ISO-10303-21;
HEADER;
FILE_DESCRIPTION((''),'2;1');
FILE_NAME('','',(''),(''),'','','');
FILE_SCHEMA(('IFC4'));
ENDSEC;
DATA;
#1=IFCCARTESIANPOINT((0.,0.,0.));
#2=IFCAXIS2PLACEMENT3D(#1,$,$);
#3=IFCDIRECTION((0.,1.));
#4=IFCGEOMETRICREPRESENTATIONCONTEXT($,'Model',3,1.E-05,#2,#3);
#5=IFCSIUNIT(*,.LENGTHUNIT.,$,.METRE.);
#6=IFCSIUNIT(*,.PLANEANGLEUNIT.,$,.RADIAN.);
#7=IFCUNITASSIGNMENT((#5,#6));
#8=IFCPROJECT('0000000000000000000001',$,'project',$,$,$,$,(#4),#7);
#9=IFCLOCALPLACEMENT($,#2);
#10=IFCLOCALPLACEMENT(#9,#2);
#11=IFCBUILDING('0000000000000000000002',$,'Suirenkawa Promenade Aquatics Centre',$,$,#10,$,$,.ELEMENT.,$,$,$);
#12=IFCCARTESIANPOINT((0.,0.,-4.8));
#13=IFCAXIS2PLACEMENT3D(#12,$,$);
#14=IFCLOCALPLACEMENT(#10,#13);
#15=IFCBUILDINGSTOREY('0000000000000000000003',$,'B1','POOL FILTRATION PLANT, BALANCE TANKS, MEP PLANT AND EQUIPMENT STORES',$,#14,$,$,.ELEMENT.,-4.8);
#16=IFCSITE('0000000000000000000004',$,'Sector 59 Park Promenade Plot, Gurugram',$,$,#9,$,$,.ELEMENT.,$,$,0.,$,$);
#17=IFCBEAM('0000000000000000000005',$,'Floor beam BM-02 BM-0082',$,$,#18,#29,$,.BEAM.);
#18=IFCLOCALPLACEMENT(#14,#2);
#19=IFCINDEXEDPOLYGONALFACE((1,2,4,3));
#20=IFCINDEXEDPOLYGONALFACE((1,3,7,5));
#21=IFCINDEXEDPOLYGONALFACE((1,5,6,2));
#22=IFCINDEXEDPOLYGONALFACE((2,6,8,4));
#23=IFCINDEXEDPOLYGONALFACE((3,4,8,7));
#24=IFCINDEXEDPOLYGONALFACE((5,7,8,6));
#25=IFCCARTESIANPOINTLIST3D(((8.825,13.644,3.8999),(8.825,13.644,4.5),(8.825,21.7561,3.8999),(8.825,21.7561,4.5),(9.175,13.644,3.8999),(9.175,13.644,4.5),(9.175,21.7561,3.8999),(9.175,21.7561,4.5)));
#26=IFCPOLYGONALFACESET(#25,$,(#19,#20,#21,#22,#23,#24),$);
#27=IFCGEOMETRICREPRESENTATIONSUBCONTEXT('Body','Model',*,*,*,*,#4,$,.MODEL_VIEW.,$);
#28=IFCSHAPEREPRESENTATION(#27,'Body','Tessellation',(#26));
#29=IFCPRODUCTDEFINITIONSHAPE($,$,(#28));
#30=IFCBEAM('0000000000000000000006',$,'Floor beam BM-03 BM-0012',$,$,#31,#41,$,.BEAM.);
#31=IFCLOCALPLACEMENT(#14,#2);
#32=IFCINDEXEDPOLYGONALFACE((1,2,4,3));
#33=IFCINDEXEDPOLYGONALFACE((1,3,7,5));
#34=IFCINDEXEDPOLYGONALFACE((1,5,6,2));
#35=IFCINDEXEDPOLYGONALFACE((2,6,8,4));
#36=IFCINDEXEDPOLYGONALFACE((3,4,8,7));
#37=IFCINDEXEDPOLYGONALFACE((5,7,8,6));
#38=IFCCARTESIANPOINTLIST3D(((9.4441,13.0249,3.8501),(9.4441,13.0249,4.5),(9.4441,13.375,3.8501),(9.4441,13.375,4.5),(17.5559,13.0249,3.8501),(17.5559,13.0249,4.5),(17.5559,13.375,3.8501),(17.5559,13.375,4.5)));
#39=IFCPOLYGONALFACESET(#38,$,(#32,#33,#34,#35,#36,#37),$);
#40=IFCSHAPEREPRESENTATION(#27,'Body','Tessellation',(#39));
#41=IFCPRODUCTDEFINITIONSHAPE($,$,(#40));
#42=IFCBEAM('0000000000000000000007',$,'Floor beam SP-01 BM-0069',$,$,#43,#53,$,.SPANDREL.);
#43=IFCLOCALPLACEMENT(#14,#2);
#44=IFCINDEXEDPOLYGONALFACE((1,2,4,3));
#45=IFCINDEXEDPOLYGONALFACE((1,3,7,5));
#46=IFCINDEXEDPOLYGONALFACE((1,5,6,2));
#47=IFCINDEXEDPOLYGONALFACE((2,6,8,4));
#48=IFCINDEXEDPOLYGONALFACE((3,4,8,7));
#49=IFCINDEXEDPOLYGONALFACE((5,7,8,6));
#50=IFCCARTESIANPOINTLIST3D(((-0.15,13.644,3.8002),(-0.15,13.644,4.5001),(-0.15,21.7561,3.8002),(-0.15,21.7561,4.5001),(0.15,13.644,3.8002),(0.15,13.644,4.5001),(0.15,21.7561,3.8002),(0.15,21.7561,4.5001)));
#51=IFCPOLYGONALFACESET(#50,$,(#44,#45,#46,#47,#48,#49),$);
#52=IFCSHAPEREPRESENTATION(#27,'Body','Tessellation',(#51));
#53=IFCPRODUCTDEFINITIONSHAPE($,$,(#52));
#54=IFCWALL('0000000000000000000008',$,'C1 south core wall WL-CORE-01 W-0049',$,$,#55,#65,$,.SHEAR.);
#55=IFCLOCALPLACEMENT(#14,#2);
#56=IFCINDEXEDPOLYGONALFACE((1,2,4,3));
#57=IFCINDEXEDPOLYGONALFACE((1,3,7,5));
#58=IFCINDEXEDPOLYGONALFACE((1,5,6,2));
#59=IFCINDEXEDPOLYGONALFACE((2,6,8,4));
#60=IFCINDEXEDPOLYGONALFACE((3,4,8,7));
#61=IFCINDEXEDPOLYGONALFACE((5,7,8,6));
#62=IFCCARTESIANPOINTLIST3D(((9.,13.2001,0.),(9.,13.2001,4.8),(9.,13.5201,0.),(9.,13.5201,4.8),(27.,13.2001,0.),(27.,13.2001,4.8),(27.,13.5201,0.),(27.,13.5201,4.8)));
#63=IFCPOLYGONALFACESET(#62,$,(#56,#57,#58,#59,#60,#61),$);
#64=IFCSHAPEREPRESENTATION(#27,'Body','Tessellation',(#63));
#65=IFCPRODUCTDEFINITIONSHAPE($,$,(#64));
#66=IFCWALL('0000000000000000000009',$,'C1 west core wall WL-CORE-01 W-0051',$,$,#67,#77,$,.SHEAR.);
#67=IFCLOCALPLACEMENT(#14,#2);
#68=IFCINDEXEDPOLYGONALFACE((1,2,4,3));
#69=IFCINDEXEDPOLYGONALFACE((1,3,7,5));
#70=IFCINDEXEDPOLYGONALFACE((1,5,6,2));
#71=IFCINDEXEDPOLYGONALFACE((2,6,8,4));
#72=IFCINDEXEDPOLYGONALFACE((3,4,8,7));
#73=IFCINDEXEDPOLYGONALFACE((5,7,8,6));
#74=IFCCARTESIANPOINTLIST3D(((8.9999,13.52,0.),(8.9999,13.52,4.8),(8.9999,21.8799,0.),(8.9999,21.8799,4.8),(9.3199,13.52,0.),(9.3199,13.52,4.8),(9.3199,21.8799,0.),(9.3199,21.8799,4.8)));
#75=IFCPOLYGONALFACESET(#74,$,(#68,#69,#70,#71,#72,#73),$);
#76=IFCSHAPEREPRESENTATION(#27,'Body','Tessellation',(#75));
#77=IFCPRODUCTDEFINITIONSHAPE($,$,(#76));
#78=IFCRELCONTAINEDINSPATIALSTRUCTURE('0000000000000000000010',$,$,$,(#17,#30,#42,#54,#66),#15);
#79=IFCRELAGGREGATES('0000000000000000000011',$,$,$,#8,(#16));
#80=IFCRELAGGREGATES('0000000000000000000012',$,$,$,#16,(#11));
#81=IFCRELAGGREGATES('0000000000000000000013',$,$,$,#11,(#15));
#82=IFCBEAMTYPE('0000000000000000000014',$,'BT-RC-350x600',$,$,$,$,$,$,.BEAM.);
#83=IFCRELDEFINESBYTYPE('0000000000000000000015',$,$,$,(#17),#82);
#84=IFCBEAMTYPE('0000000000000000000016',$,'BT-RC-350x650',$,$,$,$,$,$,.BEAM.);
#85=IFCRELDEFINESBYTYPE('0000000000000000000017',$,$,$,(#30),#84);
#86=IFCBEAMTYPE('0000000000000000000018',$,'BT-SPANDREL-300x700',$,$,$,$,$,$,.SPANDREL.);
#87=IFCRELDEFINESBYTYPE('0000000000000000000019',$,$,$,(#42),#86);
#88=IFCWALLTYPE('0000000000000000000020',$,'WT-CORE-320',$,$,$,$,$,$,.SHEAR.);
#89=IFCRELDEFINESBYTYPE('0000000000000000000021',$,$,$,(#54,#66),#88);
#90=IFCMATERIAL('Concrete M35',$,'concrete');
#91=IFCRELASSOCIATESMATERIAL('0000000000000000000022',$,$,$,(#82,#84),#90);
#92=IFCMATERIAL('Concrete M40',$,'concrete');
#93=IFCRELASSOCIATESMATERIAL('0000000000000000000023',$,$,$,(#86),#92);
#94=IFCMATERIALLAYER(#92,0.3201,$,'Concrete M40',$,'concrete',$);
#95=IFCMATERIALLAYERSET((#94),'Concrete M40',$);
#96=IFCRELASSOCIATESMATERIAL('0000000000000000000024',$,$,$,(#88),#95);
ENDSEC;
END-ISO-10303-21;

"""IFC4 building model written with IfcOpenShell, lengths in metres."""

from ifc_helpers import new_model, si_unit, direction, frame, frame_2d, origin, origin_2d, place, context, subcontext, project, spatial, rectangle, extrude, material, layer, layer_set, material_profile, profile_set, type_object, element, save


model = new_model("IFC4")

# Units and contexts
model_context = context("Model", 3, precision=1e-05, world=origin(), true_north=direction((0.0, 1.0)))
body_context = subcontext(model_context, "Body", "Model", "MODEL_VIEW")
ifc_project = project(units=[si_unit("LENGTHUNIT", "METRE"), si_unit("PLANEANGLEUNIT", "RADIAN")], contexts=[model_context])

# Site, building, storey
site_placement = place(None, origin())
site = spatial("IfcSite", under=ifc_project, at=site_placement, Name="Sector 59 Park Promenade Plot, Gurugram", CompositionType="ELEMENT", RefElevation=0.0)
building_placement = place(site_placement, origin())
building = spatial("IfcBuilding", under=site, at=building_placement, Name="Suirenkawa Promenade Aquatics Centre", CompositionType="ELEMENT")
storey_placement = place(building_placement, frame((0.0, 0.0, -4.8)))
storey = spatial("IfcBuildingStorey", under=building, at=storey_placement, Name="B1", Description="POOL FILTRATION PLANT, BALANCE TANKS, MEP PLANT AND EQUIPMENT STORES", CompositionType="ELEMENT", Elevation=-4.8)

# Shared definitions
ifc_material_1 = material(Name="Concrete M35", Category="concrete")

# Shared definitions
ifc_material_2 = material(Name="Concrete M40", Category="concrete")

# Beams
ifc_material_profile_1 = material_profile(ifc_material_1, rectangle(XDim=0.3501, YDim=0.6001, at=origin_2d()), Name="RC BM 350x600", Category="concrete")
ifc_profile_set_1 = profile_set([ifc_material_profile_1], Name="Concrete M35")
beam_type_1 = type_object("IfcBeamType", Name="BT-RC-350x600", PredefinedType="BEAM", material=ifc_profile_set_1)
beam_1_placement = place(storey_placement, frame((9.0, 13.644, 4.2), z_axis=(0.0, 1.0, 0.0), x_axis=(-1.0, 0.0, 0.0)))
element("IfcBeam", 1, at=beam_1_placement, inside=storey, type_object=beam_type_1, Name="Floor beam BM-02 BM-0082", PredefinedType="BEAM", context=body_context, shape_type="SweptSolid", body=[
    extrude(rectangle(XDim=0.3501, YDim=0.6001, at=origin_2d()), origin(), (0.0, 0.0, 1.0), 8.1121),
])
ifc_material_profile_2 = material_profile(ifc_material_1, rectangle(XDim=0.3501, YDim=0.6499, at=origin_2d()), Name="RC BM 350x650", Category="concrete")
ifc_profile_set_2 = profile_set([ifc_material_profile_2], Name="Concrete M35")
beam_type_2 = type_object("IfcBeamType", Name="BT-RC-350x650", PredefinedType="BEAM", material=ifc_profile_set_2)
beam_2_placement = place(storey_placement, frame((9.4441, 13.2, 4.175), z_axis=(1.0, 0.0, 0.0), x_axis=(0.0, 1.0, 0.0)))
element("IfcBeam", 2, at=beam_2_placement, inside=storey, type_object=beam_type_2, Name="Floor beam BM-03 BM-0012", PredefinedType="BEAM", context=body_context, shape_type="SweptSolid", body=[
    extrude(rectangle(XDim=0.3501, YDim=0.6499, at=origin_2d()), origin(), (0.0, 0.0, 1.0), 8.1118),
])
ifc_material_profile_3 = material_profile(ifc_material_2, rectangle(XDim=0.3, YDim=0.7, at=origin_2d()), Name="RC SPANDREL 300x700", Category="concrete")
ifc_profile_set_3 = profile_set([ifc_material_profile_3], Name="Concrete M40")
beam_type_3 = type_object("IfcBeamType", Name="BT-SPANDREL-300x700", PredefinedType="SPANDREL", material=ifc_profile_set_3)
beam_3_placement = place(storey_placement, frame((0.0, 13.644, 4.1501), z_axis=(0.0, 1.0, 0.0), x_axis=(-1.0, 0.0, 0.0)))
element("IfcBeam", 3, at=beam_3_placement, inside=storey, type_object=beam_type_3, Name="Floor beam SP-01 BM-0069", PredefinedType="SPANDREL", context=body_context, shape_type="SweptSolid", body=[
    extrude(rectangle(XDim=0.3, YDim=0.7, at=origin_2d()), origin(), (0.0, 0.0, 1.0), 8.1121),
])

# Walls
ifc_layer = layer(ifc_material_2, 0.3201, Name="Concrete M40", Category="concrete")
ifc_layer_set = layer_set([ifc_layer], Name="Concrete M40")
wall_type = type_object("IfcWallType", Name="WT-CORE-320", PredefinedType="SHEAR", material=ifc_layer_set)
wall_1_placement = place(storey_placement, frame((9.0, 13.3601, 0.0), z_axis=(0.0, 0.0, 1.0), x_axis=(1.0, 0.0, 0.0)))
element("IfcWall", 4, at=wall_1_placement, inside=storey, type_object=wall_type, Name="C1 south core wall WL-CORE-01 W-0049", PredefinedType="SHEAR", context=body_context, shape_type="SweptSolid", body=[
    extrude(rectangle(XDim=18.0, YDim=0.3201, at=frame_2d((9.0, 0.0))), origin(), (0.0, 0.0, 1.0), 4.8),
])
wall_2_placement = place(storey_placement, frame((9.1599, 13.52, 0.0), z_axis=(0.0, 0.0, 1.0), x_axis=(0.0, 1.0, 0.0)))
element("IfcWall", 5, at=wall_2_placement, inside=storey, type_object=wall_type, Name="C1 west core wall WL-CORE-01 W-0051", PredefinedType="SHEAR", context=body_context, shape_type="SweptSolid", body=[
    extrude(rectangle(XDim=8.3599, YDim=0.3201, at=frame_2d((4.1799, 0.0))), origin(), (0.0, 0.0, 1.0), 4.8),
])

save(model, "model.ifc")
